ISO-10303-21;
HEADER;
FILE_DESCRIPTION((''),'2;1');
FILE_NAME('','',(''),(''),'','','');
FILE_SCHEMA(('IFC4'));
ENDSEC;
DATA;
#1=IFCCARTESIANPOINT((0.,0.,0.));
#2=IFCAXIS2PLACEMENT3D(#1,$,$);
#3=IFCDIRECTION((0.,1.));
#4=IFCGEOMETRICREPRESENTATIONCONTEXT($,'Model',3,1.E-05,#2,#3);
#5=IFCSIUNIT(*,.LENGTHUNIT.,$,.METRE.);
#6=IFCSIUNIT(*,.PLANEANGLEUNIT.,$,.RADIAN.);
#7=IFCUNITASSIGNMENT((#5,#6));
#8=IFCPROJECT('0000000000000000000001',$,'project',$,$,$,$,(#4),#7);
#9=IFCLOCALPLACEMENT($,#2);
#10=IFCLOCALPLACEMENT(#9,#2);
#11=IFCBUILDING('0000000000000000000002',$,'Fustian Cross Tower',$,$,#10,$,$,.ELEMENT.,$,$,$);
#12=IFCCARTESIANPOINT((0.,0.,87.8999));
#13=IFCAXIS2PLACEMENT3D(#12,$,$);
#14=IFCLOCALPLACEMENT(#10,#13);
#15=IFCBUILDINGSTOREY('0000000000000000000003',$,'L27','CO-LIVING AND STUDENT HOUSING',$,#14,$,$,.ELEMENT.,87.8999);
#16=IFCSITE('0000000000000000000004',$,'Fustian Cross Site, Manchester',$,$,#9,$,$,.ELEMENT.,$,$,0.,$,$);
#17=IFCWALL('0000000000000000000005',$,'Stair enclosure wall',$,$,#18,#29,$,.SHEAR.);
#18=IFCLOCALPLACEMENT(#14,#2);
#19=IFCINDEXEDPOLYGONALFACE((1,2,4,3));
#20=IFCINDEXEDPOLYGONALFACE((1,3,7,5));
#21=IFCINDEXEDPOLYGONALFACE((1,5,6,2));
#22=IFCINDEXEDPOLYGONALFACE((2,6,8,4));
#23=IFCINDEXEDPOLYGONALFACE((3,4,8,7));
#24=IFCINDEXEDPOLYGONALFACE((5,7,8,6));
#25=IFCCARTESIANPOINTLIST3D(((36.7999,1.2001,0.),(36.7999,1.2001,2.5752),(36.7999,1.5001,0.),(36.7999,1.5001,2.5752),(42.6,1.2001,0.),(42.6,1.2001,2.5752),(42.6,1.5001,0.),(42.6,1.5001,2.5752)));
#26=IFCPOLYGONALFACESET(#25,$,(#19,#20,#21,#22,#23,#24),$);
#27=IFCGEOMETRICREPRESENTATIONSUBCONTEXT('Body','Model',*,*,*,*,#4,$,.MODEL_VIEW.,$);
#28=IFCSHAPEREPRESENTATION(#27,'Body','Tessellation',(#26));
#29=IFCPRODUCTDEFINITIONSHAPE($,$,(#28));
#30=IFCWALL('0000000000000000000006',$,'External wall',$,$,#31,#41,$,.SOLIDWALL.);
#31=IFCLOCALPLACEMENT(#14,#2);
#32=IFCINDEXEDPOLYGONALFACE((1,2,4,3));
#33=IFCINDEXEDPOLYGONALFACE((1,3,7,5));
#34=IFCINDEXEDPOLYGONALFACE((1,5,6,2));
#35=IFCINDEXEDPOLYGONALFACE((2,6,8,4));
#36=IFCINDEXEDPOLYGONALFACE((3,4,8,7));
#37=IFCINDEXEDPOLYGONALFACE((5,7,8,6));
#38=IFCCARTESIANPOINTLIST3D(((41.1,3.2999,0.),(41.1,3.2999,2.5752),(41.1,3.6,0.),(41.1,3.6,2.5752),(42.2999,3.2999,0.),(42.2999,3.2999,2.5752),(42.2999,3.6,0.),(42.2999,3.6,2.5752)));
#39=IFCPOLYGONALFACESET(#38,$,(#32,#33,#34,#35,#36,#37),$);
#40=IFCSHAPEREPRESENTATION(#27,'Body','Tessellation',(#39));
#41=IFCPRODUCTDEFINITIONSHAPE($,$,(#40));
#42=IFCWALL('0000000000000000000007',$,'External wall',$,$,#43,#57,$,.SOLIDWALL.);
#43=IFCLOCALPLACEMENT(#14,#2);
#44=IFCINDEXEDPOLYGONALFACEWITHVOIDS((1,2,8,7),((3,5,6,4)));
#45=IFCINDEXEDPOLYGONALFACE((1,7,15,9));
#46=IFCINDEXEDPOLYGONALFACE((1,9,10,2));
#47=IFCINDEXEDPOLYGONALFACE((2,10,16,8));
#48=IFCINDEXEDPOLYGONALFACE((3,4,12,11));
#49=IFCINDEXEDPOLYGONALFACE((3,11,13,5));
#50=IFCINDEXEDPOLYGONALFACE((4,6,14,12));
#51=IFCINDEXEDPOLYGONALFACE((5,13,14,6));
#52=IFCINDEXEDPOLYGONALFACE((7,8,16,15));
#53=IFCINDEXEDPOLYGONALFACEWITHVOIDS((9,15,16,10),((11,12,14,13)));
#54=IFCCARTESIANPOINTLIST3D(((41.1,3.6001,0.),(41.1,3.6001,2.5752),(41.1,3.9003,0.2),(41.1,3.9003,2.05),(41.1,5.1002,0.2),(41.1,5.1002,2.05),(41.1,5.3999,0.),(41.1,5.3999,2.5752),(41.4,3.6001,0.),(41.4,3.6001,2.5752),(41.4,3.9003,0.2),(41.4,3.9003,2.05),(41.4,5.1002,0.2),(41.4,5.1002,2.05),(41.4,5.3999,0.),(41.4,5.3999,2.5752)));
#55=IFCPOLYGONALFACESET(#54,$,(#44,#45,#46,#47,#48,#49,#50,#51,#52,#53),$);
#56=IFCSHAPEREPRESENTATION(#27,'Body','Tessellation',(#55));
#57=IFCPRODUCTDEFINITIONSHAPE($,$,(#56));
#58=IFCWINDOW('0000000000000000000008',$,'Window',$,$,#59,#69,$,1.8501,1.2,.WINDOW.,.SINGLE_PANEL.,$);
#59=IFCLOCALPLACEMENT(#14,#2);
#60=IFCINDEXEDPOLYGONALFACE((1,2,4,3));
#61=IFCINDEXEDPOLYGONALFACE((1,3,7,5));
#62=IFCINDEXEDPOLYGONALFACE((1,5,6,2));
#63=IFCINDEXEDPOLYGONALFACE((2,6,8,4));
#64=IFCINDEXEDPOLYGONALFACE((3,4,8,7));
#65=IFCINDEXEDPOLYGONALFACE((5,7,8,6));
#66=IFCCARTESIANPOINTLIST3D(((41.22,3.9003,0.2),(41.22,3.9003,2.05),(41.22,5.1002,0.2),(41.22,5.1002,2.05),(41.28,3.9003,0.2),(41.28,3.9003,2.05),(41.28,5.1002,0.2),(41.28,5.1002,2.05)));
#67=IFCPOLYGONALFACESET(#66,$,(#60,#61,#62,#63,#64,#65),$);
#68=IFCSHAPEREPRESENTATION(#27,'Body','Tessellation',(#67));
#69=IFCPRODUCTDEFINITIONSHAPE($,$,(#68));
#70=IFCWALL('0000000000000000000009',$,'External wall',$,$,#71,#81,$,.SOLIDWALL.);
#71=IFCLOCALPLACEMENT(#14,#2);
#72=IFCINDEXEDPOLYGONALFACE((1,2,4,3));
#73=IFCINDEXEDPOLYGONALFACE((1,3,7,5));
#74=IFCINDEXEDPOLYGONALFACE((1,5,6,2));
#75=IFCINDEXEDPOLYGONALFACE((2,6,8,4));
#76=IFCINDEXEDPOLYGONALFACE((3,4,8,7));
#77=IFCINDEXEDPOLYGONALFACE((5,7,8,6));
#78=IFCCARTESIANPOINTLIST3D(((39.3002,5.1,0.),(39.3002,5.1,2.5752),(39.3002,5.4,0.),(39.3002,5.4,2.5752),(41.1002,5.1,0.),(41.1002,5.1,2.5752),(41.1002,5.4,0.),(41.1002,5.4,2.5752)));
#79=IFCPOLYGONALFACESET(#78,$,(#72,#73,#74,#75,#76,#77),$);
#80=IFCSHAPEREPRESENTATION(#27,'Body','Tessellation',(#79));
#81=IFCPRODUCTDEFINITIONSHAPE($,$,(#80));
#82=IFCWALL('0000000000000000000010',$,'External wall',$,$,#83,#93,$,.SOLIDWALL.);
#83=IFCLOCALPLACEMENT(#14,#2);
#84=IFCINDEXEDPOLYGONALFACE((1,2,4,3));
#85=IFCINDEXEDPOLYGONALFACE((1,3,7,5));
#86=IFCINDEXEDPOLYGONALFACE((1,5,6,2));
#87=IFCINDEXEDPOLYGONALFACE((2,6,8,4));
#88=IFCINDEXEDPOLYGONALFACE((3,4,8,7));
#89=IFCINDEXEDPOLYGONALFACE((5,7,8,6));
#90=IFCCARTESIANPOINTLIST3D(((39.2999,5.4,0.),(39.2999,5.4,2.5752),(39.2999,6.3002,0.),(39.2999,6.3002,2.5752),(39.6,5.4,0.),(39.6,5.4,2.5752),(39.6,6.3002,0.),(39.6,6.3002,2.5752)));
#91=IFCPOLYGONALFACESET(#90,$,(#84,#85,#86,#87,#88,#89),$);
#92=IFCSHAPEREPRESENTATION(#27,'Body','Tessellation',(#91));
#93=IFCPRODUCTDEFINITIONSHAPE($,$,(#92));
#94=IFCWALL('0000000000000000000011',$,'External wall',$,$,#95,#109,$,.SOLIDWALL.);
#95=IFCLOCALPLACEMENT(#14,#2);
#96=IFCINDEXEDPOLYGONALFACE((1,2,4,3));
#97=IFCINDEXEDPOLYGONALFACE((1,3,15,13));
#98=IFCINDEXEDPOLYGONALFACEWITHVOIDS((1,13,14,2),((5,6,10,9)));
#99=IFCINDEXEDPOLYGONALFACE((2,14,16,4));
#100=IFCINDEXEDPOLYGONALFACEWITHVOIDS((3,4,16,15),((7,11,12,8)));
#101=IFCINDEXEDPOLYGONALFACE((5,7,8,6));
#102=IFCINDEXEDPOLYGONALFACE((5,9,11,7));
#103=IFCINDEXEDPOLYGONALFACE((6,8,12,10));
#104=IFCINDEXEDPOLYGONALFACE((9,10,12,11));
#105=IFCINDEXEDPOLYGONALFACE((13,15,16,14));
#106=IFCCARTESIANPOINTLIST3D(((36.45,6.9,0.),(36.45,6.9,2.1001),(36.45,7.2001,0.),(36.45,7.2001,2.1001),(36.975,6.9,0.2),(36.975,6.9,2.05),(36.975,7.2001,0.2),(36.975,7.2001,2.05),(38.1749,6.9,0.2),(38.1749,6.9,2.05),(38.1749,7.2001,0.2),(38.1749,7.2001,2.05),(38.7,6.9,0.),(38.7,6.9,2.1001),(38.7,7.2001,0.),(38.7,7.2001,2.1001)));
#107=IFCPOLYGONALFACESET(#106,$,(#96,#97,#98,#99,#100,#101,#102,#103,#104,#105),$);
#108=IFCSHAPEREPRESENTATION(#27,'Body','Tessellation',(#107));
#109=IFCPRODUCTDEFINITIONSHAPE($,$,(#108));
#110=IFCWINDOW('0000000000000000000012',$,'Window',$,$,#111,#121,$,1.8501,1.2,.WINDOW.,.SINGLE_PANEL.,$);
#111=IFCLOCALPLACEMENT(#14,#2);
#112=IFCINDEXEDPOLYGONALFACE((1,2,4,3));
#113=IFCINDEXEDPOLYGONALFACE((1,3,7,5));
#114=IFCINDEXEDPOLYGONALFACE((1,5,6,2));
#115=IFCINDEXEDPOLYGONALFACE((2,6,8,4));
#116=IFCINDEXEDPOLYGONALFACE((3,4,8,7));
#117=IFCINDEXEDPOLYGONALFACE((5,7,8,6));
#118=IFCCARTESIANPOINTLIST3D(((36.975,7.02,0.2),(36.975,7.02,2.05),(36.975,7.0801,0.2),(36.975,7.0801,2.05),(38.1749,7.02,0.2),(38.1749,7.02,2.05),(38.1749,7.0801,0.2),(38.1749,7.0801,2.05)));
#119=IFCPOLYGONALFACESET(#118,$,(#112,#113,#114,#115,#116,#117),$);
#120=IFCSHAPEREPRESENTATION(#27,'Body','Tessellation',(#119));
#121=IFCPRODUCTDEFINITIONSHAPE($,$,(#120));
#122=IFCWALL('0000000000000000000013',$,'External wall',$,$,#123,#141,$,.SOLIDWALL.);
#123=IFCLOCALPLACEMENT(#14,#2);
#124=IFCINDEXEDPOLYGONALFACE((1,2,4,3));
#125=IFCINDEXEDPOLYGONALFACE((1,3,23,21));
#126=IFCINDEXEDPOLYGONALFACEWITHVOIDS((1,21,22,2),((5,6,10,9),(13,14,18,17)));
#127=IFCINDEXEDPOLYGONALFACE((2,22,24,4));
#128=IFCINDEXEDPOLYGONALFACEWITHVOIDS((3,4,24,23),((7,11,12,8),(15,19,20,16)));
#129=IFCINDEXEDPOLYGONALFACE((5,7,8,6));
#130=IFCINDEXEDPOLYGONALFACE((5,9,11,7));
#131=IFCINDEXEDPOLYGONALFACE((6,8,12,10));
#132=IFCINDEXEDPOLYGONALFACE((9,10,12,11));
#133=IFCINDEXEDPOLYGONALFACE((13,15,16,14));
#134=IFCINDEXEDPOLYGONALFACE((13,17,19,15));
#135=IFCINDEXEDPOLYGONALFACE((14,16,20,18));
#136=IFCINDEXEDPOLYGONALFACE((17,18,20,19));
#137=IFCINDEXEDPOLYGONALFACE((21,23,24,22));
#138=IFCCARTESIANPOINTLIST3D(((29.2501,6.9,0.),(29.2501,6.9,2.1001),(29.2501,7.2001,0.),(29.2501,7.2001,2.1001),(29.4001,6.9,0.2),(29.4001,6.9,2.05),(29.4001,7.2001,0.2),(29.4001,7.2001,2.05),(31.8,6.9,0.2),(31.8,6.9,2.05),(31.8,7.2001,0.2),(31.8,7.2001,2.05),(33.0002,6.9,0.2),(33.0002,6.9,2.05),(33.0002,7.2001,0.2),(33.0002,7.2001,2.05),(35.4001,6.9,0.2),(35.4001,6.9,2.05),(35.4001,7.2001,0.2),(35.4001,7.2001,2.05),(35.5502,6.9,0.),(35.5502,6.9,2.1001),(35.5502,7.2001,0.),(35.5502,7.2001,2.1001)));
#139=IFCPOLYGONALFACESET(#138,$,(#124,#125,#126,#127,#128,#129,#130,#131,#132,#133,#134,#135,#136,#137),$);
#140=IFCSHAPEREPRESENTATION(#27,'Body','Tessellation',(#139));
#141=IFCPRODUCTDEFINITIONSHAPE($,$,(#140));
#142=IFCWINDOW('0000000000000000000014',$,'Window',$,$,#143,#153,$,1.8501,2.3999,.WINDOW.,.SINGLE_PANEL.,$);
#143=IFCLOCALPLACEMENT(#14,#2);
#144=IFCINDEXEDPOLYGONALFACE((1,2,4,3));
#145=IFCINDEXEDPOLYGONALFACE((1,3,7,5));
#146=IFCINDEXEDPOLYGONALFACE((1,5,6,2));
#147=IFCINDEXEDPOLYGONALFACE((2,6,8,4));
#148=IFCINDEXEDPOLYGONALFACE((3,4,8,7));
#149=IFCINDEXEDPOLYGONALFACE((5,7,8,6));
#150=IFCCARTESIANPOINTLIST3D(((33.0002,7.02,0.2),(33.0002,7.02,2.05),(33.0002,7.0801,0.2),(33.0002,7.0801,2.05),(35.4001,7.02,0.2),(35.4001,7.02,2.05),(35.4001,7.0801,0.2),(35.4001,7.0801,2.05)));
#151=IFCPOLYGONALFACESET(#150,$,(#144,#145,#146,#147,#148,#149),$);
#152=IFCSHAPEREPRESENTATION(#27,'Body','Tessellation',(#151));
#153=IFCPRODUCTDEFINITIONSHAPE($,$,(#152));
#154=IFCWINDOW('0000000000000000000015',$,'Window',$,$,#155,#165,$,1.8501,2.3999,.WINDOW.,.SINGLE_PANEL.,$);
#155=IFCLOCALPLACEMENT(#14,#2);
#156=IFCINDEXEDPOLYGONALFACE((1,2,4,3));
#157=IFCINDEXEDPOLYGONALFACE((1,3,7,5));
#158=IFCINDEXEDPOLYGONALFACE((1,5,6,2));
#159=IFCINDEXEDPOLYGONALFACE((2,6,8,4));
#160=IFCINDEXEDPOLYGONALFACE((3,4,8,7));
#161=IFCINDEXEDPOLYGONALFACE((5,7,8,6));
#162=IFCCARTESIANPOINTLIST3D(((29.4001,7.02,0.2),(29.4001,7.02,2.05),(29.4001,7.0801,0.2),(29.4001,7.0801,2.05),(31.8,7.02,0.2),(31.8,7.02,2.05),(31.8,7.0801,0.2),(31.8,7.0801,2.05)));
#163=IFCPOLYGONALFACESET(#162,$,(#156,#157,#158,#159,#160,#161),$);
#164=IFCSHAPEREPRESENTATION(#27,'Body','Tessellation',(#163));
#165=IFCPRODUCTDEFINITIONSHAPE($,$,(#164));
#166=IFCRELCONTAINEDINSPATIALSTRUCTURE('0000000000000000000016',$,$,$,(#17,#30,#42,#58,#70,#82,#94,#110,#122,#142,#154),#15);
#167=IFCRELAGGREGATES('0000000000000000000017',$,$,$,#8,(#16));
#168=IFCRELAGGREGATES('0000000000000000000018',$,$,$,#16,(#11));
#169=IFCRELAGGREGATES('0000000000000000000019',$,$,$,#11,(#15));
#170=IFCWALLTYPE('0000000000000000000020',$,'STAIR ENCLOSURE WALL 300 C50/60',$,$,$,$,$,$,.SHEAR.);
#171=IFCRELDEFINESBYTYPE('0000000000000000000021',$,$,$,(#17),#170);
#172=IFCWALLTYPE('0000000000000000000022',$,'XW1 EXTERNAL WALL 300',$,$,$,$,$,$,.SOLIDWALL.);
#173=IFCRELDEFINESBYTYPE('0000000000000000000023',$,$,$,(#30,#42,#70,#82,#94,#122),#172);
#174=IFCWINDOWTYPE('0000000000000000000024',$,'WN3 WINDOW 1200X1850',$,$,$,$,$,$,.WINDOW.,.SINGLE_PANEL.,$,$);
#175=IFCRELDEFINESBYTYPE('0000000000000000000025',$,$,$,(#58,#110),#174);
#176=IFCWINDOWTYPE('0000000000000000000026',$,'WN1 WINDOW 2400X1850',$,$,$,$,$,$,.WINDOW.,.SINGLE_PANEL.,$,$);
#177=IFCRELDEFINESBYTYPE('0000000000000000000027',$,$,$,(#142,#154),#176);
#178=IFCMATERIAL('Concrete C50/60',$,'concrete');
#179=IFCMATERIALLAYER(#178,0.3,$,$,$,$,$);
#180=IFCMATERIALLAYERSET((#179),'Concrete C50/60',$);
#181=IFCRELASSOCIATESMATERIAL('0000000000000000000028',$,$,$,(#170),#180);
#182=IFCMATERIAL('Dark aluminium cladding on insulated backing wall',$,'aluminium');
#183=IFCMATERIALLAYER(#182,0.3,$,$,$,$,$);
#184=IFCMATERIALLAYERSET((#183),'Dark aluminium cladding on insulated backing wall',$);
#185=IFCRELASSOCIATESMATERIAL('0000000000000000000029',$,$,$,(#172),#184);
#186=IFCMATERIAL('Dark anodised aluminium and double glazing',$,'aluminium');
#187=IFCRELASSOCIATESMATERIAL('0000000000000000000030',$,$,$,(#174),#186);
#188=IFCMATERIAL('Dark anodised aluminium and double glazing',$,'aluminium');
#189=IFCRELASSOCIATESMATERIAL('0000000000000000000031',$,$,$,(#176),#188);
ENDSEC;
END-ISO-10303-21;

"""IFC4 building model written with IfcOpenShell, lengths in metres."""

from ifc_helpers import new_model, si_unit, direction, frame, frame_2d, origin, place, context, subcontext, project, spatial, rectangle, extrude, material, layer, layer_set, type_object, element, fill, save


model = new_model("IFC4")

# Units and contexts
model_context = context("Model", 3, precision=1e-05, world=origin(), true_north=direction((0.0, 1.0)))
body_context = subcontext(model_context, "Body", "Model", "MODEL_VIEW")
ifc_project = project(units=[si_unit("LENGTHUNIT", "METRE"), si_unit("PLANEANGLEUNIT", "RADIAN")], contexts=[model_context])

# Site, building, storey
site_placement = place(None, origin())
site = spatial("IfcSite", under=ifc_project, at=site_placement, Name="Fustian Cross Site, Manchester", CompositionType="ELEMENT", RefElevation=0.0)
building_placement = place(site_placement, origin())
building = spatial("IfcBuilding", under=site, at=building_placement, Name="Fustian Cross Tower", CompositionType="ELEMENT")
storey_placement = place(building_placement, frame((0.0, 0.0, 87.8999)))
storey = spatial("IfcBuildingStorey", under=building, at=storey_placement, Name="L27", Description="CO-LIVING AND STUDENT HOUSING", CompositionType="ELEMENT", Elevation=87.8999)

# Walls
ifc_material_1 = material(Name="Concrete C50/60", Category="concrete")
ifc_layer_1 = layer(ifc_material_1, 0.3)
ifc_layer_set_1 = layer_set([ifc_layer_1], Name="Concrete C50/60")
wall_type_1 = type_object("IfcWallType", Name="STAIR ENCLOSURE WALL 300 C50/60", PredefinedType="SHEAR", material=ifc_layer_set_1)
for number, where, z_axis, x_axis, name in (
    (1, (36.8, 1.3501, 0.0), (0.0, 0.0, 1.0), (1.0, 0.0, 0.0), "Stair enclosure wall"),
):
    element("IfcWall", number, at=place(storey_placement, frame(where, z_axis=z_axis, x_axis=x_axis)), inside=storey, type_object=wall_type_1, Name=name, PredefinedType="SHEAR", context=body_context, shape_type="SweptSolid", body=[
        extrude(rectangle(XDim=5.8, YDim=0.3, at=frame_2d((2.8999, 0.0))), origin(), (0.0, 0.0, 1.0), 2.5752),
    ])
ifc_material_2 = material(Name="Dark aluminium cladding on insulated backing wall", Category="aluminium")
ifc_layer_2 = layer(ifc_material_2, 0.3)
ifc_layer_set_2 = layer_set([ifc_layer_2], Name="Dark aluminium cladding on insulated backing wall")
wall_type_2 = type_object("IfcWallType", Name="XW1 EXTERNAL WALL 300", PredefinedType="SOLIDWALL", material=ifc_layer_set_2)
wall_1_placement = place(storey_placement, frame((42.3, 3.45, 0.0), z_axis=(0.0, 0.0, 1.0), x_axis=(-1.0, 0.0, 0.0)))
element("IfcWall", 2, at=wall_1_placement, inside=storey, type_object=wall_type_2, Name="External wall", PredefinedType="SOLIDWALL", context=body_context, shape_type="SweptSolid", body=[
    extrude(rectangle(XDim=1.2, YDim=0.3, at=frame_2d((0.6001, 0.0))), origin(), (0.0, 0.0, 1.0), 2.5752),
])

# Wall, opening, window
wall_2_placement = place(storey_placement, frame((41.25, 3.6001, 0.0), z_axis=(0.0, 0.0, 1.0), x_axis=(0.0, 1.0, 0.0)))
wall_2 = element("IfcWall", 3, at=wall_2_placement, inside=storey, type_object=wall_type_2, Name="External wall", PredefinedType="SOLIDWALL", context=body_context, shape_type="SweptSolid", body=[
    extrude(rectangle(XDim=1.7998, YDim=0.3, at=frame_2d((0.8999, 0.0))), origin(), (0.0, 0.0, 1.0), 2.5752),
])
opening_1_placement = place(wall_2_placement, frame((0.3, 0.0, 0.2)))
opening_1 = element("IfcOpeningElement", 4, at=opening_1_placement, cuts=wall_2, PredefinedType="OPENING", context=body_context, shape_type="SweptSolid", body=[
    extrude(rectangle(XDim=1.2, YDim=1.8501, at=frame_2d((0.6001, 0.925))), frame((0.0, 0.1599, 0.0), z_axis=(0.0, -1.0, 0.0), x_axis=(1.0, 0.0, 0.0)), (0.0, 0.0, 1.0), 0.3201),
])
ifc_material_3 = material(Name="Dark anodised aluminium and double glazing", Category="aluminium")
window_type_1 = type_object("IfcWindowType", Name="WN3 WINDOW 1200X1850", PartitioningType="SINGLE_PANEL", PredefinedType="WINDOW", material=ifc_material_3)
window_1_placement = place(opening_1_placement, origin())
window_1 = element("IfcWindow", 5, at=window_1_placement, inside=storey, type_object=window_type_1, Name="Window", OverallHeight=1.8501, OverallWidth=1.2, PartitioningType="SINGLE_PANEL", PredefinedType="WINDOW", context=body_context, shape_type="SweptSolid", body=[
    extrude(rectangle(XDim=1.2, YDim=1.8501, at=frame_2d((0.6001, 0.925))), frame((0.0, 0.03, 0.0), z_axis=(0.0, -1.0, 0.0), x_axis=(1.0, 0.0, 0.0)), (0.0, 0.0, 1.0), 0.0601),
])
fill(opening_1, window_1)

# Walls
wall_3_placement = place(storey_placement, frame((41.1001, 5.25, 0.0), z_axis=(0.0, 0.0, 1.0), x_axis=(-1.0, 0.0, 0.0)))
element("IfcWall", 6, at=wall_3_placement, inside=storey, type_object=wall_type_2, Name="External wall", PredefinedType="SOLIDWALL", context=body_context, shape_type="SweptSolid", body=[
    extrude(rectangle(XDim=1.8, YDim=0.3, at=frame_2d((0.8999, 0.0))), origin(), (0.0, 0.0, 1.0), 2.5752),
])
wall_4_placement = place(storey_placement, frame((39.45, 5.3999, 0.0), z_axis=(0.0, 0.0, 1.0), x_axis=(0.0, 1.0, 0.0)))
element("IfcWall", 7, at=wall_4_placement, inside=storey, type_object=wall_type_2, Name="External wall", PredefinedType="SOLIDWALL", context=body_context, shape_type="SweptSolid", body=[
    extrude(rectangle(XDim=0.9001, YDim=0.3, at=frame_2d((0.4502, 0.0))), origin(), (0.0, 0.0, 1.0), 2.5752),
])

# Wall, opening, window
wall_5_placement = place(storey_placement, frame((38.7, 7.05, 0.0), z_axis=(0.0, 0.0, 1.0), x_axis=(-1.0, 0.0, 0.0)))
wall_5 = element("IfcWall", 8, at=wall_5_placement, inside=storey, type_object=wall_type_2, Name="External wall", PredefinedType="SOLIDWALL", context=body_context, shape_type="SweptSolid", body=[
    extrude(rectangle(XDim=2.25, YDim=0.3, at=frame_2d((1.125, 0.0))), origin(), (0.0, 0.0, 1.0), 2.1001),
])
opening_2_placement = place(wall_5_placement, frame((0.5249, 0.0, 0.2)))
opening_2 = element("IfcOpeningElement", 9, at=opening_2_placement, cuts=wall_5, PredefinedType="OPENING", context=body_context, shape_type="SweptSolid", body=[
    extrude(rectangle(XDim=1.2, YDim=1.8501, at=frame_2d((0.6001, 0.925))), frame((0.0, 0.1599, 0.0), z_axis=(0.0, -1.0, 0.0), x_axis=(1.0, 0.0, 0.0)), (0.0, 0.0, 1.0), 0.3201),
])
window_2_placement = place(opening_2_placement, origin())
window_2 = element("IfcWindow", 10, at=window_2_placement, inside=storey, type_object=window_type_1, Name="Window", OverallHeight=1.8501, OverallWidth=1.2, PartitioningType="SINGLE_PANEL", PredefinedType="WINDOW", context=body_context, shape_type="SweptSolid", body=[
    extrude(rectangle(XDim=1.2, YDim=1.8501, at=frame_2d((0.6001, 0.925))), frame((0.0, 0.03, 0.0), z_axis=(0.0, -1.0, 0.0), x_axis=(1.0, 0.0, 0.0)), (0.0, 0.0, 1.0), 0.0601),
])
fill(opening_2, window_2)

# Wall, openings, windows
wall_6_placement = place(storey_placement, frame((35.55, 7.05, 0.0), z_axis=(0.0, 0.0, 1.0), x_axis=(-1.0, 0.0, 0.0)))
wall_6 = element("IfcWall", 11, at=wall_6_placement, inside=storey, type_object=wall_type_2, Name="External wall", PredefinedType="SOLIDWALL", context=body_context, shape_type="SweptSolid", body=[
    extrude(rectangle(XDim=6.3, YDim=0.3, at=frame_2d((3.1499, 0.0))), origin(), (0.0, 0.0, 1.0), 2.1001),
])
opening_3_placement = place(wall_6_placement, frame((0.1499, 0.0, 0.2)))
opening_3 = element("IfcOpeningElement", 12, at=opening_3_placement, cuts=wall_6, PredefinedType="OPENING", context=body_context, shape_type="SweptSolid", body=[
    extrude(rectangle(XDim=2.3999, YDim=1.8501, at=frame_2d((1.2, 0.925))), frame((0.0, 0.1599, 0.0), z_axis=(0.0, -1.0, 0.0), x_axis=(1.0, 0.0, 0.0)), (0.0, 0.0, 1.0), 0.3201),
])
opening_4_placement = place(wall_6_placement, frame((3.75, 0.0, 0.2)))
opening_4 = element("IfcOpeningElement", 13, at=opening_4_placement, cuts=wall_6, PredefinedType="OPENING", context=body_context, shape_type="SweptSolid", body=[
    extrude(rectangle(XDim=2.3999, YDim=1.8501, at=frame_2d((1.2, 0.925))), frame((0.0, 0.1599, 0.0), z_axis=(0.0, -1.0, 0.0), x_axis=(1.0, 0.0, 0.0)), (0.0, 0.0, 1.0), 0.3201),
])
ifc_material_4 = material(Name="Dark anodised aluminium and double glazing", Category="aluminium")
window_type_2 = type_object("IfcWindowType", Name="WN1 WINDOW 2400X1850", PartitioningType="SINGLE_PANEL", PredefinedType="WINDOW", material=ifc_material_4)
window_3_placement = place(opening_3_placement, origin())
window_3 = element("IfcWindow", 14, at=window_3_placement, inside=storey, type_object=window_type_2, Name="Window", OverallHeight=1.8501, OverallWidth=2.3999, PartitioningType="SINGLE_PANEL", PredefinedType="WINDOW", context=body_context, shape_type="SweptSolid", body=[
    extrude(rectangle(XDim=2.3999, YDim=1.8501, at=frame_2d((1.2, 0.925))), frame((0.0, 0.03, 0.0), z_axis=(0.0, -1.0, 0.0), x_axis=(1.0, 0.0, 0.0)), (0.0, 0.0, 1.0), 0.0601),
])
fill(opening_3, window_3)
window_4_placement = place(opening_4_placement, origin())
window_4 = element("IfcWindow", 15, at=window_4_placement, inside=storey, type_object=window_type_2, Name="Window", OverallHeight=1.8501, OverallWidth=2.3999, PartitioningType="SINGLE_PANEL", PredefinedType="WINDOW", context=body_context, shape_type="SweptSolid", body=[
    extrude(rectangle(XDim=2.3999, YDim=1.8501, at=frame_2d((1.2, 0.925))), frame((0.0, 0.03, 0.0), z_axis=(0.0, -1.0, 0.0), x_axis=(1.0, 0.0, 0.0)), (0.0, 0.0, 1.0), 0.0601),
])
fill(opening_4, window_4)

save(model, "model.ifc")
